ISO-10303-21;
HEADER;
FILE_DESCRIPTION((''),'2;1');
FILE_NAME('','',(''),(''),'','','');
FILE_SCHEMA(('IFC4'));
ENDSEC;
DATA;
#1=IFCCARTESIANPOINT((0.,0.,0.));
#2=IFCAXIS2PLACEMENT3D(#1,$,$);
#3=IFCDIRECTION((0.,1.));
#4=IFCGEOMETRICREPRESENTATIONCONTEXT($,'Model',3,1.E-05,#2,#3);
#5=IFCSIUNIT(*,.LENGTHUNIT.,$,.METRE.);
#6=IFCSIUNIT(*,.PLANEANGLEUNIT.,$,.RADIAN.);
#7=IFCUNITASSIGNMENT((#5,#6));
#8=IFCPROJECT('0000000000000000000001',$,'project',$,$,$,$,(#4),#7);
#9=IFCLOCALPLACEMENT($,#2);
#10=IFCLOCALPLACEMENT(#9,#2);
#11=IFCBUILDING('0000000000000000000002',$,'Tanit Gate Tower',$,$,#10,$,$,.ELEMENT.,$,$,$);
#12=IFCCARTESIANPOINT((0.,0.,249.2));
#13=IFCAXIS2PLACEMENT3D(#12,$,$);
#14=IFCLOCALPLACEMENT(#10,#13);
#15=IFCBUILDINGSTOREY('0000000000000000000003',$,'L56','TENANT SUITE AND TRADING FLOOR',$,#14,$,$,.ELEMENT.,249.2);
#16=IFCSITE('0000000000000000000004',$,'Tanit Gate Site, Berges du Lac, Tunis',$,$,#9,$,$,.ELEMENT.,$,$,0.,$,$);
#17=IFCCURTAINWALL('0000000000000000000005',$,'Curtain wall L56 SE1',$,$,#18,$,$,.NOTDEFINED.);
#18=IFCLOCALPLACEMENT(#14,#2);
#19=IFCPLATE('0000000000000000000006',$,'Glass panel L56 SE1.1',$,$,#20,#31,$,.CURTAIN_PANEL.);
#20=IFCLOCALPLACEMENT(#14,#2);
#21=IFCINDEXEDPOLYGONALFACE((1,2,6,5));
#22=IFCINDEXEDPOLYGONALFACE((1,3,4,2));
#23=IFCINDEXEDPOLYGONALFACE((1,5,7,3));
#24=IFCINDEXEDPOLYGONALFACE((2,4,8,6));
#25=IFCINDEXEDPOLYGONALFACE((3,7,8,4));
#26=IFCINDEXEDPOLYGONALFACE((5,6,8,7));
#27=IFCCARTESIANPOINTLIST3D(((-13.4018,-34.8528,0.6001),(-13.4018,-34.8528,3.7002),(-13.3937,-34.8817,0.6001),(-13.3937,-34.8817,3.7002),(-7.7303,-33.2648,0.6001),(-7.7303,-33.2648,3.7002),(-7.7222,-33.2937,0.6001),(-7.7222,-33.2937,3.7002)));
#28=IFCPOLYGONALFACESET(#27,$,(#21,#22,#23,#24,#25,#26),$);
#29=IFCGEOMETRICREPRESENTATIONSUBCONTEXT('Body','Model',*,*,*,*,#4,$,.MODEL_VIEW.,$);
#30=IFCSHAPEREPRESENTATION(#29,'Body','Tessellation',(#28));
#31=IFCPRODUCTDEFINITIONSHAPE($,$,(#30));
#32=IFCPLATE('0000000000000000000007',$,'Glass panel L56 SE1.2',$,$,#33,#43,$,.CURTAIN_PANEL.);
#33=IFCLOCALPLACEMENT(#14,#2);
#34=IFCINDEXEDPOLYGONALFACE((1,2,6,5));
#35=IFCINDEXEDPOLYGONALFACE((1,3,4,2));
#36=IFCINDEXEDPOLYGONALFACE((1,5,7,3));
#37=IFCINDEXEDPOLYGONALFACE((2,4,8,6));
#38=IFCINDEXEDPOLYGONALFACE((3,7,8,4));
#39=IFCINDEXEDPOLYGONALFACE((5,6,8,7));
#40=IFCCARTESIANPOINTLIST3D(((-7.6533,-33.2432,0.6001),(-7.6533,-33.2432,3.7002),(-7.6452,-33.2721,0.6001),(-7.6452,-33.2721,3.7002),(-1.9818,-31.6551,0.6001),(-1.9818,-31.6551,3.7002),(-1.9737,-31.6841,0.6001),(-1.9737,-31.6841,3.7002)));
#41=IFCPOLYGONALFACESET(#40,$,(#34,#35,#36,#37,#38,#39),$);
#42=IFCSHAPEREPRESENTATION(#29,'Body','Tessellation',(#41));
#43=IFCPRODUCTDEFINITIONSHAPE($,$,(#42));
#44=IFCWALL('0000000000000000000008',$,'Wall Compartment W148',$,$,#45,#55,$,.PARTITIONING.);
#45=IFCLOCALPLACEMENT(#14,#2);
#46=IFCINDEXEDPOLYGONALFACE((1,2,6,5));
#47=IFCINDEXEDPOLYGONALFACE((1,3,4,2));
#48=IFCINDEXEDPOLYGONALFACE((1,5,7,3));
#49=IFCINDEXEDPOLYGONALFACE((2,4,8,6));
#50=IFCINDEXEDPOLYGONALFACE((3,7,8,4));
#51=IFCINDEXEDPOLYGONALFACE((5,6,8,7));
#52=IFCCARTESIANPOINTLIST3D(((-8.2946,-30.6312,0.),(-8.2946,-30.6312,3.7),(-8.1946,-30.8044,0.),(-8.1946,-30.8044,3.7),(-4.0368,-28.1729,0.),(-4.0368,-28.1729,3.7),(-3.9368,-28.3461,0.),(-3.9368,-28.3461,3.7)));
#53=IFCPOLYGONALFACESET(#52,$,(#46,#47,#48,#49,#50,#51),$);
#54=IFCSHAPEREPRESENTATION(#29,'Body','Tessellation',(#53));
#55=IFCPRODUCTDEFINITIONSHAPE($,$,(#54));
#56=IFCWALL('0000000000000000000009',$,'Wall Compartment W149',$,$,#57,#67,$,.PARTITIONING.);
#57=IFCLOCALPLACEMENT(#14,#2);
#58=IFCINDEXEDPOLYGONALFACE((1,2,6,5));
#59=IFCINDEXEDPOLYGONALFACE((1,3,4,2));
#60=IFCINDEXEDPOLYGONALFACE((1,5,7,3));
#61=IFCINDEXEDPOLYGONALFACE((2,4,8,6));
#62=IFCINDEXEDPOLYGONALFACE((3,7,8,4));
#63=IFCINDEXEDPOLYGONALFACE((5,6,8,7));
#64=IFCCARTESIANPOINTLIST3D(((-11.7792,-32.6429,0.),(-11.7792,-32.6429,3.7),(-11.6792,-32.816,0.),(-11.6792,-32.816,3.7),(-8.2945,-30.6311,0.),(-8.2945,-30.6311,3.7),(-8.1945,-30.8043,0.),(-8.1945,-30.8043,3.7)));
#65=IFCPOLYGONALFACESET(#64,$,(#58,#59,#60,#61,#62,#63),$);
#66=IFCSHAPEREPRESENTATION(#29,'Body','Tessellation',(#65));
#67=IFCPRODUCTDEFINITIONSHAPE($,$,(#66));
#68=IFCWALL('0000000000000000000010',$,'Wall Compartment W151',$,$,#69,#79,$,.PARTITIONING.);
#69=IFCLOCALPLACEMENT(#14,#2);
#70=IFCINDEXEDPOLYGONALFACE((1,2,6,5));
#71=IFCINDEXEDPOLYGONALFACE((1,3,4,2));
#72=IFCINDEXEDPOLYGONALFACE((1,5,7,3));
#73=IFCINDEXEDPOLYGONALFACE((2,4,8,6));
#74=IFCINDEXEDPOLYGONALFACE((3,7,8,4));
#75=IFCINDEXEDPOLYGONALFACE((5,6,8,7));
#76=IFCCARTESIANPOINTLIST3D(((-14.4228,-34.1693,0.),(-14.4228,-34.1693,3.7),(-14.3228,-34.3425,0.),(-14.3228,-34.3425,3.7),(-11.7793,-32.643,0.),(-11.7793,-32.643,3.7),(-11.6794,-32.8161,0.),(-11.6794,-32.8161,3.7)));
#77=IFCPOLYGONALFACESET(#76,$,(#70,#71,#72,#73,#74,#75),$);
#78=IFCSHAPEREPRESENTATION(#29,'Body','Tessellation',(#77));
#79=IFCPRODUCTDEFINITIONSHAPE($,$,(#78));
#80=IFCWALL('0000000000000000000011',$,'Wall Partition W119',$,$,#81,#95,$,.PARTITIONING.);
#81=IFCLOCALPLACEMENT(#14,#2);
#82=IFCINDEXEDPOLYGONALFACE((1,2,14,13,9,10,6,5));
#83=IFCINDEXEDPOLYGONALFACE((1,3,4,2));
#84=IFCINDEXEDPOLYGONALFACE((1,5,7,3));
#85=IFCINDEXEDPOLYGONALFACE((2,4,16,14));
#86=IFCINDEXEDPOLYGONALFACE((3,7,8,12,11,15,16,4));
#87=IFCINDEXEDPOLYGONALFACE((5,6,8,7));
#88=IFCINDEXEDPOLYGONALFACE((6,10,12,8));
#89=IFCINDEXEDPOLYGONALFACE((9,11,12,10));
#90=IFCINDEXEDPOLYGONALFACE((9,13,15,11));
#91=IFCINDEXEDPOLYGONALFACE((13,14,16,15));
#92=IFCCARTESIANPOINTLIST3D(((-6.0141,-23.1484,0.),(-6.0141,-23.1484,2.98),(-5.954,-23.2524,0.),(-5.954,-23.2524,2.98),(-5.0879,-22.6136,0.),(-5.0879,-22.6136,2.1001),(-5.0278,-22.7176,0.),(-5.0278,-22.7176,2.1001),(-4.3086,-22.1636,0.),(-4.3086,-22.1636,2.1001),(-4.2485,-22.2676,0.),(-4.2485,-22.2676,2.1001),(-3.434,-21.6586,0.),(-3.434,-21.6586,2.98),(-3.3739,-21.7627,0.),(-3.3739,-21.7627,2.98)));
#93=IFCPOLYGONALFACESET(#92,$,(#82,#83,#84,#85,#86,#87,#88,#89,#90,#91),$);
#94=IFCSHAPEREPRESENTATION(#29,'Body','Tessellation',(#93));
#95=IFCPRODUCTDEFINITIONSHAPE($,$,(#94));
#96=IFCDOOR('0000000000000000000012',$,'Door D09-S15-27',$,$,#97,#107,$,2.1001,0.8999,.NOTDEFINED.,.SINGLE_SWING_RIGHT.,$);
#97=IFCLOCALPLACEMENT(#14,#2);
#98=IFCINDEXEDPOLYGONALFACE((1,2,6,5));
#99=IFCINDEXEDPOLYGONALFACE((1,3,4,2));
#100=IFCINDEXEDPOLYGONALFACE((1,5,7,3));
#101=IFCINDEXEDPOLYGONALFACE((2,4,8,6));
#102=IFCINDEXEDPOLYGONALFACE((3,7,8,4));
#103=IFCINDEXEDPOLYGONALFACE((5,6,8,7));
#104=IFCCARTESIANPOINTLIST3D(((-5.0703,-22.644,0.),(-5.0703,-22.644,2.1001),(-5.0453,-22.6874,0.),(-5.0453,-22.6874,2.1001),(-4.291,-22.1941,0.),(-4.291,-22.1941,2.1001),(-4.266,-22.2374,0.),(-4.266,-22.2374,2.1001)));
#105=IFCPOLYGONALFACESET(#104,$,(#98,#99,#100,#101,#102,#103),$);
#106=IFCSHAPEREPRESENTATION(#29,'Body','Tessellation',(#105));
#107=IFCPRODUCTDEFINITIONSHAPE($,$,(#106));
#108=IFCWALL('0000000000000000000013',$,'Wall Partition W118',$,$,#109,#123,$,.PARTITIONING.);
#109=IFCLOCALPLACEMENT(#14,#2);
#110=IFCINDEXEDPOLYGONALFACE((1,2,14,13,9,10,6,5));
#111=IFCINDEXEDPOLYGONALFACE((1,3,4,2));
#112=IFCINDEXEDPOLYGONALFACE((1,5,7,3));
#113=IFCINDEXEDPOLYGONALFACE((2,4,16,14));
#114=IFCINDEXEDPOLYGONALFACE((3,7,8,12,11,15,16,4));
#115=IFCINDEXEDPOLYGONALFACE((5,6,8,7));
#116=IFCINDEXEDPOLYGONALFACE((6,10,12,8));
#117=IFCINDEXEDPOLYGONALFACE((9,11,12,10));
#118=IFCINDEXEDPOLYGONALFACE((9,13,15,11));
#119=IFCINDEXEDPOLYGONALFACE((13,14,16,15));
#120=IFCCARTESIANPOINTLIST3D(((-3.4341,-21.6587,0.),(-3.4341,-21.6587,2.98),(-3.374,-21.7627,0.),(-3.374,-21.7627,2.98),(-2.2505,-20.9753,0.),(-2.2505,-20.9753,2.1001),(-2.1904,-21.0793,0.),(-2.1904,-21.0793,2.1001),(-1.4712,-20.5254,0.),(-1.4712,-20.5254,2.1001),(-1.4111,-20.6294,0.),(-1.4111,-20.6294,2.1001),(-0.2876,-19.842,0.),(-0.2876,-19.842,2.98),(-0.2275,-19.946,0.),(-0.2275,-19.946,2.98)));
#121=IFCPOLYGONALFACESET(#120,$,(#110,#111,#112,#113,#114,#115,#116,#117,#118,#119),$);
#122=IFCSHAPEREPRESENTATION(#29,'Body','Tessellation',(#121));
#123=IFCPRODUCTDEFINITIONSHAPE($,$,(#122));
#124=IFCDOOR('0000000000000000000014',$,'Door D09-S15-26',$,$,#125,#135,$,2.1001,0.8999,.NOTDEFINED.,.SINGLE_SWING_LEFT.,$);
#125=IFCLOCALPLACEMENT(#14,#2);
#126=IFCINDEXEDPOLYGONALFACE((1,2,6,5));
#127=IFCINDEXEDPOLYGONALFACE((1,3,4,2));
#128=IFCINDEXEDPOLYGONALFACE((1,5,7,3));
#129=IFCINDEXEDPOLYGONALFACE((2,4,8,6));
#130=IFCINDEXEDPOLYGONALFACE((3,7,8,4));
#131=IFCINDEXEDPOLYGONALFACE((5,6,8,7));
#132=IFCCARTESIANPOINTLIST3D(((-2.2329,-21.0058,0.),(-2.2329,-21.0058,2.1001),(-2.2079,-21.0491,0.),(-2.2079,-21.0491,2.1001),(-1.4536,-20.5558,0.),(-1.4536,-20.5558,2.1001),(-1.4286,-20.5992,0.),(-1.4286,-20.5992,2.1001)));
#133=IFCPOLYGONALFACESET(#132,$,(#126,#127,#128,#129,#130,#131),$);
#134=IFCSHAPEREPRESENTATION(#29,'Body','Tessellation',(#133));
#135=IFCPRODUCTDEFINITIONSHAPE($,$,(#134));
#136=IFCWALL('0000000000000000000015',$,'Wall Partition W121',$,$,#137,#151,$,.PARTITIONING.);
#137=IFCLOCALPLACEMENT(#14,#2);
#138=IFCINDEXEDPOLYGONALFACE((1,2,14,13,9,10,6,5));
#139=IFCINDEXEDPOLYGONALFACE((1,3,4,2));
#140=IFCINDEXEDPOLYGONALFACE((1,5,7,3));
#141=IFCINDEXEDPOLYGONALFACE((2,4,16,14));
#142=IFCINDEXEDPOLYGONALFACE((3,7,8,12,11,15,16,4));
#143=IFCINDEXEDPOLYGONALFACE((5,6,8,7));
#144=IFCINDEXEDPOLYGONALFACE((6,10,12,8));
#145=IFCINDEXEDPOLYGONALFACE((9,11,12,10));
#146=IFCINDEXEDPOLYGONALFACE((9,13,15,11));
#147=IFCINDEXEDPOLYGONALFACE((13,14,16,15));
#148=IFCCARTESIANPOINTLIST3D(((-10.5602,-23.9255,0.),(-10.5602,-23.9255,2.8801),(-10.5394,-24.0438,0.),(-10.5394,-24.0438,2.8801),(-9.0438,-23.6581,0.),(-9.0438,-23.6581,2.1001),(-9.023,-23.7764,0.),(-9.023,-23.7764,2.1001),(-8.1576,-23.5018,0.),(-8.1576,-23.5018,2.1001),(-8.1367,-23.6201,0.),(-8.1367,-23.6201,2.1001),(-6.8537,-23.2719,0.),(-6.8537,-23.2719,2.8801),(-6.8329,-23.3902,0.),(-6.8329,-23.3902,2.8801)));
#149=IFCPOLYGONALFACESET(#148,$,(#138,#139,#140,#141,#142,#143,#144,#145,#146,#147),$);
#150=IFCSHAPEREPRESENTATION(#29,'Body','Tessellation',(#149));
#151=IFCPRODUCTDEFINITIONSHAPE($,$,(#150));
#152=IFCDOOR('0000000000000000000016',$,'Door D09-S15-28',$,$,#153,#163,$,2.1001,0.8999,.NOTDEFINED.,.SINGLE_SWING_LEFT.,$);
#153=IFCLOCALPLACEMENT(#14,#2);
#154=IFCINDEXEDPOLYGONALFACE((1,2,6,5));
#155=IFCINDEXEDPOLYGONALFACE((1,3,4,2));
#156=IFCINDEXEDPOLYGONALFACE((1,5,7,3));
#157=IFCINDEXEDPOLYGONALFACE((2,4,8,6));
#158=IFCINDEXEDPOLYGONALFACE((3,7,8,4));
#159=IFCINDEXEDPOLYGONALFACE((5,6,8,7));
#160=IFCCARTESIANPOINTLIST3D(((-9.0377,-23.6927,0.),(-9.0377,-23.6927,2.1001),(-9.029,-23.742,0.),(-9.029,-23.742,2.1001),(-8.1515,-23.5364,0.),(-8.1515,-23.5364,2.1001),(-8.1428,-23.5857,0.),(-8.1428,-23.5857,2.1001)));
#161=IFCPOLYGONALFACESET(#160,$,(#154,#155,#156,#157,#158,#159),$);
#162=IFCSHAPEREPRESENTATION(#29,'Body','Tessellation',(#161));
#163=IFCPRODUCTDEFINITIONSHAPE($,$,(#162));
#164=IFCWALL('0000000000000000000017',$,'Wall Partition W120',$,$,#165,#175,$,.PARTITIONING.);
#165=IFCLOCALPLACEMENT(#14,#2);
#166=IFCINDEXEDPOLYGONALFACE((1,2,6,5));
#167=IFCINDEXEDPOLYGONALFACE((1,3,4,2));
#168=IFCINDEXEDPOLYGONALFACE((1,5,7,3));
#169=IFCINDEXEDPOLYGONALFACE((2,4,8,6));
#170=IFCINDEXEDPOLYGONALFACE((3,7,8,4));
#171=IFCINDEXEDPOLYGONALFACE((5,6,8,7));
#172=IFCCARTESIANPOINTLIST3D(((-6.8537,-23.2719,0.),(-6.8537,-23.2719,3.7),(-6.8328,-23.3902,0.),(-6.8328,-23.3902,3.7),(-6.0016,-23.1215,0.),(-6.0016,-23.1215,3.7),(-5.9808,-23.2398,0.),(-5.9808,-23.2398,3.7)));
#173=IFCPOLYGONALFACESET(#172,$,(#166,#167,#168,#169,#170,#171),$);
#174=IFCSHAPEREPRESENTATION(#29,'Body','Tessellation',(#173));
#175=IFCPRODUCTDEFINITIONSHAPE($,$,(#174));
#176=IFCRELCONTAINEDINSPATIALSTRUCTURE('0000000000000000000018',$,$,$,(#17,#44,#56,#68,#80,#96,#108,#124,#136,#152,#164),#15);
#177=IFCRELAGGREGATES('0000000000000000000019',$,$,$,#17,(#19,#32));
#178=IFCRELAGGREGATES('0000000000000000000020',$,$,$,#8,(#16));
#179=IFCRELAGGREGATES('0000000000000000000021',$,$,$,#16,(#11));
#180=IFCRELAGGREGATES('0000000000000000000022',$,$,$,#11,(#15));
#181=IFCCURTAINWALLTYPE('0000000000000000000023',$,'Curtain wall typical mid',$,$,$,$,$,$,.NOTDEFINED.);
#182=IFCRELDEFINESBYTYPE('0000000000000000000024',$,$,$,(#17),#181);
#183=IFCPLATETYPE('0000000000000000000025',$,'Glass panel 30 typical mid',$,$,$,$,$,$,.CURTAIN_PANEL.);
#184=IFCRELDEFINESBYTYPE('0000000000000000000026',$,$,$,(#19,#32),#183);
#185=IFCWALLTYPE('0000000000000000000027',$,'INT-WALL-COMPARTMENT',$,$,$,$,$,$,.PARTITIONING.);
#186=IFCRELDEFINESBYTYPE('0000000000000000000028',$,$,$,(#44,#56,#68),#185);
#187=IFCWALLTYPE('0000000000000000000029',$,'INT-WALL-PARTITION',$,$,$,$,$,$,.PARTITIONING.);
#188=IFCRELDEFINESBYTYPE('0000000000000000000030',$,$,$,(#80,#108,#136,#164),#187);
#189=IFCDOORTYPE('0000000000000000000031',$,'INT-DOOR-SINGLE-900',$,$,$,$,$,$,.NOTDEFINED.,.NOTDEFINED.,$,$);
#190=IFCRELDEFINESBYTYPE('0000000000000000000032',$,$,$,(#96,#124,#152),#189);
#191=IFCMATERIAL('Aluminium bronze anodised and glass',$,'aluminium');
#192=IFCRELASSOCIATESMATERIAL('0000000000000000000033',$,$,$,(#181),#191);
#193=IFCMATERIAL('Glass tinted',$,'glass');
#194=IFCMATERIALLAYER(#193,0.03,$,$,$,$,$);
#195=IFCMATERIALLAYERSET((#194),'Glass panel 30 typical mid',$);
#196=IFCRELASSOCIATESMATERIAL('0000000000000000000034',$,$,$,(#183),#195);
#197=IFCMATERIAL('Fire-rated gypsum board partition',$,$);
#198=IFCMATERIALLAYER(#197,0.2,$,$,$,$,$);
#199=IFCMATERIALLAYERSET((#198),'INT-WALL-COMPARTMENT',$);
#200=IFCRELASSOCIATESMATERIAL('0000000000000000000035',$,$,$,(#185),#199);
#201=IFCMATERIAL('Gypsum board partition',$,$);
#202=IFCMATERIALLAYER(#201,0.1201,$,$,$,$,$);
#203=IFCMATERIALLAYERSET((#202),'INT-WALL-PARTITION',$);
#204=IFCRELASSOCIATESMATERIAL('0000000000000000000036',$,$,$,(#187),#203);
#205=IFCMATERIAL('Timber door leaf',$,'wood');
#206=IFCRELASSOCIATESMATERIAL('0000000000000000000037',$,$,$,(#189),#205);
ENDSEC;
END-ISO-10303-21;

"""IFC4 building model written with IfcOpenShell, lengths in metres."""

from ifc_helpers import new_model, si_unit, direction, frame, frame_2d, origin, origin_2d, place, context, subcontext, project, spatial, rectangle, extrude, material, layer, layer_set, type_object, element, fill, aggregate, save


model = new_model("IFC4")

# Units and contexts
model_context = context("Model", 3, precision=1e-05, world=origin(), true_north=direction((0.0, 1.0)))
body_context = subcontext(model_context, "Body", "Model", "MODEL_VIEW")
ifc_project = project(units=[si_unit("LENGTHUNIT", "METRE"), si_unit("PLANEANGLEUNIT", "RADIAN")], contexts=[model_context])

# Site, building, storey
site_placement = place(None, origin())
site = spatial("IfcSite", under=ifc_project, at=site_placement, Name="Tanit Gate Site, Berges du Lac, Tunis", CompositionType="ELEMENT", RefElevation=0.0)
building_placement = place(site_placement, origin())
building = spatial("IfcBuilding", under=site, at=building_placement, Name="Tanit Gate Tower", CompositionType="ELEMENT")
storey_placement = place(building_placement, frame((0.0, 0.0, 249.2)))
storey = spatial("IfcBuildingStorey", under=building, at=storey_placement, Name="L56", Description="TENANT SUITE AND TRADING FLOOR", CompositionType="ELEMENT", Elevation=249.2)

# Curtain wall
ifc_material_1 = material(Name="Aluminium bronze anodised and glass", Category="aluminium")
curtain_wall_type = type_object("IfcCurtainWallType", Name="Curtain wall typical mid", PredefinedType="NOTDEFINED", material=ifc_material_1)
curtain_wall_placement = place(storey_placement, origin())
curtain_wall = element("IfcCurtainWall", 1, at=curtain_wall_placement, inside=storey, type_object=curtain_wall_type, Name="Curtain wall L56 SE1", PredefinedType="NOTDEFINED")

# Plates
ifc_material_2 = material(Name="Glass tinted", Category="glass")
ifc_layer_1 = layer(ifc_material_2, 0.03)
ifc_layer_set_1 = layer_set([ifc_layer_1], Name="Glass panel 30 typical mid")
plate_type = type_object("IfcPlateType", Name="Glass panel 30 typical mid", PredefinedType="CURTAIN_PANEL", material=ifc_layer_set_1)
plate_1_placement = place(storey_placement, frame((-10.562, -34.0732, 0.6001), z_axis=(0.0, 0.0, 1.0), x_axis=(0.962964, 0.269632, 0.0)))
plate_1 = element("IfcPlate", 2, at=plate_1_placement, type_object=plate_type, Name="Glass panel L56 SE1.1", PredefinedType="CURTAIN_PANEL", context=body_context, shape_type="SweptSolid", body=[
    extrude(rectangle(XDim=5.8896, YDim=0.03, at=origin_2d()), origin(), (0.0, 0.0, 1.0), 3.1001),
])
plate_2_placement = place(storey_placement, frame((-4.8135, -32.4636, 0.6001), z_axis=(0.0, 0.0, 1.0), x_axis=(0.962964, 0.269632, 0.0)))
plate_2 = element("IfcPlate", 3, at=plate_2_placement, type_object=plate_type, Name="Glass panel L56 SE1.2", PredefinedType="CURTAIN_PANEL", context=body_context, shape_type="SweptSolid", body=[
    extrude(rectangle(XDim=5.8896, YDim=0.03, at=origin_2d()), origin(), (0.0, 0.0, 1.0), 3.1001),
])
aggregate(curtain_wall, [plate_1, plate_2])

# Walls
ifc_material_3 = material(Name="Fire-rated gypsum board partition")
ifc_layer_2 = layer(ifc_material_3, 0.2)
ifc_layer_set_2 = layer_set([ifc_layer_2], Name="INT-WALL-COMPARTMENT")
wall_type_1 = type_object("IfcWallType", Name="INT-WALL-COMPARTMENT", PredefinedType="PARTITIONING", material=ifc_layer_set_2)
wall_1_placement = place(storey_placement, frame((-3.9868, -28.2595, 0.0), z_axis=(0.0, 0.0, 1.0), x_axis=(-0.866025, -0.5, 0.0)))
element("IfcWall", 4, at=wall_1_placement, inside=storey, type_object=wall_type_1, Name="Wall Compartment W148", PredefinedType="PARTITIONING", context=body_context, shape_type="SweptSolid", body=[
    extrude(rectangle(XDim=4.9165, YDim=0.2, at=frame_2d((2.4583, 0.0))), origin(), (0.0, 0.0, 1.0), 3.7),
])
wall_2_placement = place(storey_placement, frame((-8.2446, -30.7178, 0.0), z_axis=(0.0, 0.0, 1.0), x_axis=(-0.866039, -0.499976, 0.0)))
element("IfcWall", 5, at=wall_2_placement, inside=storey, type_object=wall_type_1, Name="Wall Compartment W149", PredefinedType="PARTITIONING", context=body_context, shape_type="SweptSolid", body=[
    extrude(rectangle(XDim=4.0237, YDim=0.2, at=frame_2d((2.0117, 0.0))), origin(), (0.0, 0.0, 1.0), 3.7),
])
wall_3_placement = place(storey_placement, frame((-11.7292, -32.7295, 0.0), z_axis=(0.0, 0.0, 1.0), x_axis=(-0.86601, -0.500027, 0.0)))
element("IfcWall", 6, at=wall_3_placement, inside=storey, type_object=wall_type_1, Name="Wall Compartment W151", PredefinedType="PARTITIONING", context=body_context, shape_type="SweptSolid", body=[
    extrude(rectangle(XDim=3.0525, YDim=0.2, at=frame_2d((1.5264, 0.0))), origin(), (0.0, 0.0, 1.0), 3.7),
])

# Walls, openings, doors
ifc_material_4 = material(Name="Gypsum board partition")
ifc_layer_3 = layer(ifc_material_4, 0.1201)
ifc_layer_set_3 = layer_set([ifc_layer_3], Name="INT-WALL-PARTITION")
wall_type_2 = type_object("IfcWallType", Name="INT-WALL-PARTITION", PredefinedType="PARTITIONING", material=ifc_layer_set_3)
wall_4_placement = place(storey_placement, frame((-5.9841, -23.2004, 0.0), z_axis=(0.0, 0.0, 1.0), x_axis=(0.866005, 0.500035, 0.0)))
wall_4 = element("IfcWall", 7, at=wall_4_placement, inside=storey, type_object=wall_type_2, Name="Wall Partition W119", PredefinedType="PARTITIONING", context=body_context, shape_type="SweptSolid", body=[
    extrude(rectangle(XDim=2.9792, YDim=0.1201, at=frame_2d((1.4897, 0.0))), origin(), (0.0, 0.0, 1.0), 2.98),
])
opening_1_placement = place(wall_4_placement, frame((1.0696, 0.0, 0.0)))
opening_1 = element("IfcOpeningElement", 8, at=opening_1_placement, cuts=wall_4, PredefinedType="OPENING", context=body_context, shape_type="SweptSolid", body=[
    extrude(rectangle(XDim=0.8999, YDim=2.1001, at=frame_2d((0.45, 1.05))), frame((0.0, 0.0701, 0.0), z_axis=(0.0, -1.0, 0.0), x_axis=(1.0, 0.0, 0.0)), (0.0, 0.0, 1.0), 0.1401),
])
ifc_material_5 = material(Name="Timber door leaf", Category="wood")
door_type_1 = type_object("IfcDoorType", Name="INT-DOOR-SINGLE-900", OperationType="NOTDEFINED", PredefinedType="NOTDEFINED", material=ifc_material_5)
door_1_placement = place(opening_1_placement, origin())
door_1 = element("IfcDoor", 9, at=door_1_placement, inside=storey, type_object=door_type_1, Name="Door D09-S15-27", OperationType="SINGLE_SWING_RIGHT", OverallHeight=2.1001, OverallWidth=0.8999, PredefinedType="NOTDEFINED", context=body_context, shape_type="SweptSolid", body=[
    extrude(rectangle(XDim=0.8999, YDim=2.1001, at=frame_2d((0.45, 1.05))), frame((0.0, 0.0249, 0.0), z_axis=(0.0, -1.0, 0.0), x_axis=(1.0, 0.0, 0.0)), (0.0, 0.0, 1.0), 0.05),
])
fill(opening_1, door_1)
wall_5_placement = place(storey_placement, frame((-3.4041, -21.7107, 0.0), z_axis=(0.0, 0.0, 1.0), x_axis=(0.866022, 0.500006, 0.0)))
wall_5 = element("IfcWall", 10, at=wall_5_placement, inside=storey, type_object=wall_type_2, Name="Wall Partition W118", PredefinedType="PARTITIONING", context=body_context, shape_type="SweptSolid", body=[
    extrude(rectangle(XDim=3.6333, YDim=0.1201, at=frame_2d((1.8167, 0.0))), origin(), (0.0, 0.0, 1.0), 2.98),
])
opening_2_placement = place(wall_5_placement, frame((1.3667, 0.0, 0.0)))
opening_2 = element("IfcOpeningElement", 11, at=opening_2_placement, cuts=wall_5, PredefinedType="OPENING", context=body_context, shape_type="SweptSolid", body=[
    extrude(rectangle(XDim=0.8999, YDim=2.1001, at=frame_2d((0.45, 1.05))), frame((0.0, 0.0701, 0.0), z_axis=(0.0, -1.0, 0.0), x_axis=(1.0, 0.0, 0.0)), (0.0, 0.0, 1.0), 0.1401),
])
door_2_placement = place(opening_2_placement, origin())
door_2 = element("IfcDoor", 12, at=door_2_placement, inside=storey, type_object=door_type_1, Name="Door D09-S15-26", OperationType="SINGLE_SWING_LEFT", OverallHeight=2.1001, OverallWidth=0.8999, PredefinedType="NOTDEFINED", context=body_context, shape_type="SweptSolid", body=[
    extrude(rectangle(XDim=0.8999, YDim=2.1001, at=frame_2d((0.45, 1.05))), frame((0.0, 0.0249, 0.0), z_axis=(0.0, -1.0, 0.0), x_axis=(1.0, 0.0, 0.0)), (0.0, 0.0, 1.0), 0.05),
])
fill(opening_2, door_2)
wall_6_placement = place(storey_placement, frame((-10.5498, -23.9846, 0.0), z_axis=(0.0, 0.0, 1.0), x_axis=(0.984808, 0.173648, 0.0)))
wall_6 = element("IfcWall", 13, at=wall_6_placement, inside=storey, type_object=wall_type_2, Name="Wall Partition W121", PredefinedType="PARTITIONING", context=body_context, shape_type="SweptSolid", body=[
    extrude(rectangle(XDim=3.7637, YDim=0.1201, at=frame_2d((1.8818, 0.0))), origin(), (0.0, 0.0, 1.0), 2.8801),
])
opening_3_placement = place(wall_6_placement, frame((1.5398, 0.0, 0.0)))
opening_3 = element("IfcOpeningElement", 14, at=opening_3_placement, cuts=wall_6, PredefinedType="OPENING", context=body_context, shape_type="SweptSolid", body=[
    extrude(rectangle(XDim=0.8999, YDim=2.1001, at=frame_2d((0.45, 1.05))), frame((0.0, 0.0701, 0.0), z_axis=(0.0, -1.0, 0.0), x_axis=(1.0, 0.0, 0.0)), (0.0, 0.0, 1.0), 0.1401),
])
door_3_placement = place(opening_3_placement, origin())
door_3 = element("IfcDoor", 15, at=door_3_placement, inside=storey, type_object=door_type_1, Name="Door D09-S15-28", OperationType="SINGLE_SWING_LEFT", OverallHeight=2.1001, OverallWidth=0.8999, PredefinedType="NOTDEFINED", context=body_context, shape_type="SweptSolid", body=[
    extrude(rectangle(XDim=0.8999, YDim=2.1001, at=frame_2d((0.45, 1.05))), frame((0.0, 0.0249, 0.0), z_axis=(0.0, -1.0, 0.0), x_axis=(1.0, 0.0, 0.0)), (0.0, 0.0, 1.0), 0.05),
])
fill(opening_3, door_3)

# Wall
wall_7_placement = place(storey_placement, frame((-6.8433, -23.3311, 0.0), z_axis=(0.0, 0.0, 1.0), x_axis=(0.984778, 0.173818, 0.0)))
element("IfcWall", 16, at=wall_7_placement, inside=storey, type_object=wall_type_2, Name="Wall Partition W120", PredefinedType="PARTITIONING", context=body_context, shape_type="SweptSolid", body=[
    extrude(rectangle(XDim=0.8652, YDim=0.1201, at=frame_2d((0.4326, 0.0))), origin(), (0.0, 0.0, 1.0), 3.7),
])

save(model, "model.ifc")
